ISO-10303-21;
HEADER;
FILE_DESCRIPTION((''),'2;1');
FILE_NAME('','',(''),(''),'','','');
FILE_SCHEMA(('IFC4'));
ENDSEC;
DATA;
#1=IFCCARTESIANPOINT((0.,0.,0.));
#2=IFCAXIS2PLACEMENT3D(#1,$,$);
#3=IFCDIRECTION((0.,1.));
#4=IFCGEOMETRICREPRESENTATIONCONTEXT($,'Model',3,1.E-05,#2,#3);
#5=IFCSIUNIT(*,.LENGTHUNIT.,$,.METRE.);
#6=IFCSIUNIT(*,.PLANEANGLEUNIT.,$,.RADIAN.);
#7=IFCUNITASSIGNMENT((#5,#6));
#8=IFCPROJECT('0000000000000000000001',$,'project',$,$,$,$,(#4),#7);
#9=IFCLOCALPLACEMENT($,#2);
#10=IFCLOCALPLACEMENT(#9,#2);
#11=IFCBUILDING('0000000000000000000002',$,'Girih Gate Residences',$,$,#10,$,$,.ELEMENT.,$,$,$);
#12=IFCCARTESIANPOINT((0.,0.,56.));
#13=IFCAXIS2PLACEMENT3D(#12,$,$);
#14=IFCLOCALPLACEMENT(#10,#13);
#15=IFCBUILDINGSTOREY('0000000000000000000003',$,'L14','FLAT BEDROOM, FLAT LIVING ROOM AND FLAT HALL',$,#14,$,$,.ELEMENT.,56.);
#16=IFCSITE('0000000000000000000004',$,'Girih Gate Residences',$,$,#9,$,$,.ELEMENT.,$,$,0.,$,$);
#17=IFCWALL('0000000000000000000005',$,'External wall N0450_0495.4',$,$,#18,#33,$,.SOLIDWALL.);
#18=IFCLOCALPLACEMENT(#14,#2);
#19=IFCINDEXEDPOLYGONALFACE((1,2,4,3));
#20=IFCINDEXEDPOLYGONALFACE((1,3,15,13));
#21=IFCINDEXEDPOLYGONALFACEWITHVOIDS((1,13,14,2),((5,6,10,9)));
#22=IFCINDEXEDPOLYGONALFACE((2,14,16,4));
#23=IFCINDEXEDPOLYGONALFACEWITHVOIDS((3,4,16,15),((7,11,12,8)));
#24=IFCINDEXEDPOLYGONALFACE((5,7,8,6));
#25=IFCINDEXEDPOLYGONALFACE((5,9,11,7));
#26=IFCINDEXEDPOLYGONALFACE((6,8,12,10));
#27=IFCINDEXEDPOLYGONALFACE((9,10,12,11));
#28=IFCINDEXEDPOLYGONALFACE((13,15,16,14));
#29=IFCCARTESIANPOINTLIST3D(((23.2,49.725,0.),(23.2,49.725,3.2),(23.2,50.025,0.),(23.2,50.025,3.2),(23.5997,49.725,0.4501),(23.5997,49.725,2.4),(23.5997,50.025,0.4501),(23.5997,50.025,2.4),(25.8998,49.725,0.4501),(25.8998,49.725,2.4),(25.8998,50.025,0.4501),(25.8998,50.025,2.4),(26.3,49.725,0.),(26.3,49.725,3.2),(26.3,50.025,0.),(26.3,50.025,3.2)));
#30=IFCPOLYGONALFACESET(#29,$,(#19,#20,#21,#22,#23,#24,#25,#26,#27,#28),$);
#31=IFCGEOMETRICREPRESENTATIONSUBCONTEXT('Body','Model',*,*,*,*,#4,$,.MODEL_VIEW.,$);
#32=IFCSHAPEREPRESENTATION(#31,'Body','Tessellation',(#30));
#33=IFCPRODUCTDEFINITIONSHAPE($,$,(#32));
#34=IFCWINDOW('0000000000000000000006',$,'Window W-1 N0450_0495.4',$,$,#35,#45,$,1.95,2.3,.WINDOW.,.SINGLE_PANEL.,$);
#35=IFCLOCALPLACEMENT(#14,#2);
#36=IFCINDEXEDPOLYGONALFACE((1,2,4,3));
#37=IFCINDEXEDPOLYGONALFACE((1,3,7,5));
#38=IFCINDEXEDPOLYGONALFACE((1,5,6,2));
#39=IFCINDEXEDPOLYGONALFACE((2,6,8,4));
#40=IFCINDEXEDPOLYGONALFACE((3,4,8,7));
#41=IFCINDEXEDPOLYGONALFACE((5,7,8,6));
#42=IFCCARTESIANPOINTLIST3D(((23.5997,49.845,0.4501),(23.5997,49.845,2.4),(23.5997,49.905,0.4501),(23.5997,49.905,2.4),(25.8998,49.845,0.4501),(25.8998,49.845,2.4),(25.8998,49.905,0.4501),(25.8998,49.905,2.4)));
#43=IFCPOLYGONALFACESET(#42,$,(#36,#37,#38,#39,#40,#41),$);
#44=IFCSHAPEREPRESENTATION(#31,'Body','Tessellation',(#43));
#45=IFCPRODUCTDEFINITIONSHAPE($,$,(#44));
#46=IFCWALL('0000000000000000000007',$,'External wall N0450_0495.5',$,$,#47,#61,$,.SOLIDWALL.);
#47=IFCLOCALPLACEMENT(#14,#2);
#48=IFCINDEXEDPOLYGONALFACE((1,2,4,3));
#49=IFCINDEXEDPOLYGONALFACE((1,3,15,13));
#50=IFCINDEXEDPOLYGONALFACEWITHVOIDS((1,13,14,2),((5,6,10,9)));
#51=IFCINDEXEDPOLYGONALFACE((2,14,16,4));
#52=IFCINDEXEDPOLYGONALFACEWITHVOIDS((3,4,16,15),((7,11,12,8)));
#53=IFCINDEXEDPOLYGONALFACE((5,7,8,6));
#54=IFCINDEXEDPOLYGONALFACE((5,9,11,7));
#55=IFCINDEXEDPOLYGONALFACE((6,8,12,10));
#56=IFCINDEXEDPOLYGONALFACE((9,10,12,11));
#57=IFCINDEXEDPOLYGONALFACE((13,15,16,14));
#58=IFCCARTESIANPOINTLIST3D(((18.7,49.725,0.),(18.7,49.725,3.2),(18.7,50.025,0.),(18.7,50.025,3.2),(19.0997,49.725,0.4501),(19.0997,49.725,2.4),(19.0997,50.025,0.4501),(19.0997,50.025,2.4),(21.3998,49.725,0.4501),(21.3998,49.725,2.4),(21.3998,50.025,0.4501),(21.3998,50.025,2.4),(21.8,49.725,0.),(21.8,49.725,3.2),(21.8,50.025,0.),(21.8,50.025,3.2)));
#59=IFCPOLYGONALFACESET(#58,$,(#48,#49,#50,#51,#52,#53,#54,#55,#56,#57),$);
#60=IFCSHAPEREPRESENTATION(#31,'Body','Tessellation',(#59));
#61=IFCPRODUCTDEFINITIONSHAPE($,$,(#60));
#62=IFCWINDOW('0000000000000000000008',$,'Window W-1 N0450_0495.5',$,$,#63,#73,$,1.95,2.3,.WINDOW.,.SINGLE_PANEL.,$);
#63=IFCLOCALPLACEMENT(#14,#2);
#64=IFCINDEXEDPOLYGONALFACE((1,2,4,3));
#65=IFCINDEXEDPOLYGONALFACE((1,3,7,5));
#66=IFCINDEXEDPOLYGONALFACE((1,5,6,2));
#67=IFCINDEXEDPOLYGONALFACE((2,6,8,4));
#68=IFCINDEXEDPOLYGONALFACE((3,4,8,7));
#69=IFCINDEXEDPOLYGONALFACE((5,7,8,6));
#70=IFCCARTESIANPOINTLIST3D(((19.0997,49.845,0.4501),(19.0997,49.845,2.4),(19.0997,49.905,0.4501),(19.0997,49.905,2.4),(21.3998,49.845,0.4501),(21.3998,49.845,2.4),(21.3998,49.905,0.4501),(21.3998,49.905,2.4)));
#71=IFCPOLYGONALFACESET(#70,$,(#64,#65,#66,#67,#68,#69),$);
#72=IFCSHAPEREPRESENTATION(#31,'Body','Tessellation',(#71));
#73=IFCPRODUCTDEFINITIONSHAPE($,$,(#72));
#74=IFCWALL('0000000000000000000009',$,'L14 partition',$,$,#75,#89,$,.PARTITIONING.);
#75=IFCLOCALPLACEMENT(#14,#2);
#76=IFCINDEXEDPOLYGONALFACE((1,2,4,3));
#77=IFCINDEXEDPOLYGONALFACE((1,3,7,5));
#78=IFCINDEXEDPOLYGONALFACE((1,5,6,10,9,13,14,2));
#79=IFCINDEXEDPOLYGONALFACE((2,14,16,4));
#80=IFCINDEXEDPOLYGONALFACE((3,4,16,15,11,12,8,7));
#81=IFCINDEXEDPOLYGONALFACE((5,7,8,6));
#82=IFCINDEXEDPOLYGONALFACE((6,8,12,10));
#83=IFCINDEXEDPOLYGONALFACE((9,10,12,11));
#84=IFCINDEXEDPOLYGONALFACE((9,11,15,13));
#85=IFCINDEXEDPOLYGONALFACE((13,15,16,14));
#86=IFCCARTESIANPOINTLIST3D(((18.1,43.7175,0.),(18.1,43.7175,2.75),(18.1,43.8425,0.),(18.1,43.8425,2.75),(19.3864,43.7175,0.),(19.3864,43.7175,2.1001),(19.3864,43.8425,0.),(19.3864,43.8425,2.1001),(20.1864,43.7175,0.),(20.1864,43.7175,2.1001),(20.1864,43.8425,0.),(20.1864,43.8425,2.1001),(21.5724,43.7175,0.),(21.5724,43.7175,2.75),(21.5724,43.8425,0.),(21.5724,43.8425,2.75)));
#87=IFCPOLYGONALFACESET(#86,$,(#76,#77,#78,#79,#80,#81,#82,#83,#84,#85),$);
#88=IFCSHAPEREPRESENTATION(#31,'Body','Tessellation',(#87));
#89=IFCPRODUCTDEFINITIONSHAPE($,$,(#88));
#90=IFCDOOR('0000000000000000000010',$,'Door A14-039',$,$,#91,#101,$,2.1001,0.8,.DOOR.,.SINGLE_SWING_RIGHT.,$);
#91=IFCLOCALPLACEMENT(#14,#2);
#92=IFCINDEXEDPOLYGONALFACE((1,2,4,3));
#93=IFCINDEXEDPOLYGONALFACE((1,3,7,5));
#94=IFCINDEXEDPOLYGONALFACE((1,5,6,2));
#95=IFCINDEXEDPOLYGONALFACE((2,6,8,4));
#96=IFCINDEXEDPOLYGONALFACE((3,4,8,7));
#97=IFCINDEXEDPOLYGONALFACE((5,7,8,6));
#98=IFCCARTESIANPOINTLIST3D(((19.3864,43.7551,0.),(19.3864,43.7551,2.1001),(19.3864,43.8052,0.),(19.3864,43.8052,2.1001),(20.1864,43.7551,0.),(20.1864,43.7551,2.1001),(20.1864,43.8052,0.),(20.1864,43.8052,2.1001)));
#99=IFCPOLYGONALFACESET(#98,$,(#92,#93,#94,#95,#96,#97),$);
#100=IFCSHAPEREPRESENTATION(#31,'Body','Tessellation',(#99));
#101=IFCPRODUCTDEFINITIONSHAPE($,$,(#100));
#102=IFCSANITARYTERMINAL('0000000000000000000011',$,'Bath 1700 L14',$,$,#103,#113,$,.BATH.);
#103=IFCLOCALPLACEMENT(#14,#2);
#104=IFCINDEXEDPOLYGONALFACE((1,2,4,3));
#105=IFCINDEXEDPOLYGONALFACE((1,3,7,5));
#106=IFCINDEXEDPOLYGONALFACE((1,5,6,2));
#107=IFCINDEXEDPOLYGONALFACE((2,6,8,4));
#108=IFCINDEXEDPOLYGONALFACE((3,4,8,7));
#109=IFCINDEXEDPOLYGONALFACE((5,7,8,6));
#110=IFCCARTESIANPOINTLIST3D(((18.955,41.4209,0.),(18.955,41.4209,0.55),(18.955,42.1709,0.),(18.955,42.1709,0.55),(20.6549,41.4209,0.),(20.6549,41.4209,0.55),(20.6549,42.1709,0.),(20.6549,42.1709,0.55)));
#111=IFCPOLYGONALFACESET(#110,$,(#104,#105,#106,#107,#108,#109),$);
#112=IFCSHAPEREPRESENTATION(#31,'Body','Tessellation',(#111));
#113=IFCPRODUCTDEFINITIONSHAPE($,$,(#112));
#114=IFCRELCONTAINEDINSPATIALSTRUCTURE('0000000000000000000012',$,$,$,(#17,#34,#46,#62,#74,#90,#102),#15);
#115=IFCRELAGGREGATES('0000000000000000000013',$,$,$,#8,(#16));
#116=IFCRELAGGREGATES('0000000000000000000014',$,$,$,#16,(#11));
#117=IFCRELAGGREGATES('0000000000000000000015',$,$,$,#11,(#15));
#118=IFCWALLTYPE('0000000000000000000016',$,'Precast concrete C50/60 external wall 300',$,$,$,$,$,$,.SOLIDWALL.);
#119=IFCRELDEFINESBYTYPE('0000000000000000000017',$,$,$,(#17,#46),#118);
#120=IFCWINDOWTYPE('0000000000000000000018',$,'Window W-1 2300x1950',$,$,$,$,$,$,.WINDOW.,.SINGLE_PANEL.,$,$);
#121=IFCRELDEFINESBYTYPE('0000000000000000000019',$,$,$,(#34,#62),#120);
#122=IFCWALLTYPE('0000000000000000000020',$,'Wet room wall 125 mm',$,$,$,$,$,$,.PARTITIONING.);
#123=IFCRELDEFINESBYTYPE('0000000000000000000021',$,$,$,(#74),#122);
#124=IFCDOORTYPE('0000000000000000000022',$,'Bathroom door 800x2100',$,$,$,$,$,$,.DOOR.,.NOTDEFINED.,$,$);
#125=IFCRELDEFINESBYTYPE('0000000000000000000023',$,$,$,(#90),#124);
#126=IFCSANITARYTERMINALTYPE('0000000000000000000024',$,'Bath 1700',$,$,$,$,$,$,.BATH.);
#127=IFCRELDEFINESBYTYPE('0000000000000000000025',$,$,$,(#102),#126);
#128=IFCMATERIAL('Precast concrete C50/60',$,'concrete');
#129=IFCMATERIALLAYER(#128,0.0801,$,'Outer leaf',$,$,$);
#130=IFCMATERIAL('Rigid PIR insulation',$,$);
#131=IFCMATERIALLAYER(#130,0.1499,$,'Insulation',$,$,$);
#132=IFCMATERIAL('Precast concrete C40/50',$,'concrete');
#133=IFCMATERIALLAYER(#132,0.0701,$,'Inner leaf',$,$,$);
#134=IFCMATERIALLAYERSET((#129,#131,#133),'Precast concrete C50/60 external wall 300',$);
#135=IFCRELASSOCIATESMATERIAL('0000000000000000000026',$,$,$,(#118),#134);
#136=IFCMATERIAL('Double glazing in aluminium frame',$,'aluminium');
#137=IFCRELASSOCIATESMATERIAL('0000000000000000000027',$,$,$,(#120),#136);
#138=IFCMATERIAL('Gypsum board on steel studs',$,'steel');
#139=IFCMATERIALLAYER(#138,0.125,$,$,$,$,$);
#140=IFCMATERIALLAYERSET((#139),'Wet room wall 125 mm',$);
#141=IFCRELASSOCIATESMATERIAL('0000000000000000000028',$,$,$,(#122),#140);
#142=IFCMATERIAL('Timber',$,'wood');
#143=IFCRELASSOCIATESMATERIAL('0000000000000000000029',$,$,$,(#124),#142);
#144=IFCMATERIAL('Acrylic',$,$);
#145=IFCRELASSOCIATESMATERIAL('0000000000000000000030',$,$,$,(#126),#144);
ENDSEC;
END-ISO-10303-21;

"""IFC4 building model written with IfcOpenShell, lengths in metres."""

from ifc_helpers import new_model, si_unit, direction, frame, frame_2d, origin, origin_2d, place, context, subcontext, project, spatial, rectangle, extrude, material, layer, layer_set, type_object, element, fill, save


model = new_model("IFC4")

# Units and contexts
model_context = context("Model", 3, precision=1e-05, world=origin(), true_north=direction((0.0, 1.0)))
body_context = subcontext(model_context, "Body", "Model", "MODEL_VIEW")
ifc_project = project(units=[si_unit("LENGTHUNIT", "METRE"), si_unit("PLANEANGLEUNIT", "RADIAN")], contexts=[model_context])

# Site, building, storey
site_placement = place(None, origin())
site = spatial("IfcSite", under=ifc_project, at=site_placement, Name="Girih Gate Residences", CompositionType="ELEMENT", RefElevation=0.0)
building_placement = place(site_placement, origin())
building = spatial("IfcBuilding", under=site, at=building_placement, Name="Girih Gate Residences", CompositionType="ELEMENT")
storey_placement = place(building_placement, frame((0.0, 0.0, 56.0)))
storey = spatial("IfcBuildingStorey", under=building, at=storey_placement, Name="L14", Description="FLAT BEDROOM, FLAT LIVING ROOM AND FLAT HALL", CompositionType="ELEMENT", Elevation=56.0)

# Shared definitions
ifc_material_1 = material(Name="Gypsum board on steel studs", Category="steel")
ifc_material_2 = material(Name="Timber", Category="wood")

# Walls, openings, windows
ifc_material_3 = material(Name="Precast concrete C50/60", Category="concrete")
ifc_layer_1 = layer(ifc_material_3, 0.0801, Name="Outer leaf")
ifc_material_4 = material(Name="Rigid PIR insulation")
ifc_layer_2 = layer(ifc_material_4, 0.1499, Name="Insulation")
ifc_material_5 = material(Name="Precast concrete C40/50", Category="concrete")
ifc_layer_3 = layer(ifc_material_5, 0.0701, Name="Inner leaf")
ifc_layer_set_1 = layer_set([ifc_layer_1, ifc_layer_2, ifc_layer_3], Name="Precast concrete C50/60 external wall 300")
wall_type_1 = type_object("IfcWallType", Name="Precast concrete C50/60 external wall 300", PredefinedType="SOLIDWALL", material=ifc_layer_set_1)
wall_1_placement = place(storey_placement, frame((23.2, 49.875, 0.0), z_axis=(0.0, 0.0, 1.0), x_axis=(1.0, 0.0, 0.0)))
wall_1 = element("IfcWall", 1, at=wall_1_placement, inside=storey, type_object=wall_type_1, Name="External wall N0450_0495.4", PredefinedType="SOLIDWALL", context=body_context, shape_type="SweptSolid", body=[
    extrude(rectangle(XDim=3.1001, YDim=0.3, at=frame_2d((1.55, 0.0))), origin(), (0.0, 0.0, 1.0), 3.2),
])
opening_1_placement = place(wall_1_placement, frame((0.3999, 0.0, 0.45)))
opening_1 = element("IfcOpeningElement", 2, at=opening_1_placement, cuts=wall_1, PredefinedType="OPENING", context=body_context, shape_type="SweptSolid", body=[
    extrude(rectangle(XDim=2.3, YDim=1.95, at=frame_2d((1.1499, 0.9751))), frame((0.0, 0.1599, 0.0), z_axis=(0.0, -1.0, 0.0), x_axis=(1.0, 0.0, 0.0)), (0.0, 0.0, 1.0), 0.3201),
])
ifc_material_6 = material(Name="Double glazing in aluminium frame", Category="aluminium")
window_type = type_object("IfcWindowType", Name="Window W-1 2300x1950", PartitioningType="SINGLE_PANEL", PredefinedType="WINDOW", material=ifc_material_6)
window_1_placement = place(opening_1_placement, origin())
window_1 = element("IfcWindow", 3, at=window_1_placement, inside=storey, type_object=window_type, Name="Window W-1 N0450_0495.4", OverallHeight=1.95, OverallWidth=2.3, PartitioningType="SINGLE_PANEL", PredefinedType="WINDOW", context=body_context, shape_type="SweptSolid", body=[
    extrude(rectangle(XDim=2.3, YDim=1.95, at=frame_2d((1.1499, 0.9751))), frame((0.0, 0.03, 0.0), z_axis=(0.0, -1.0, 0.0), x_axis=(1.0, 0.0, 0.0)), (0.0, 0.0, 1.0), 0.0601),
])
fill(opening_1, window_1)
wall_2_placement = place(storey_placement, frame((18.7, 49.875, 0.0), z_axis=(0.0, 0.0, 1.0), x_axis=(1.0, 0.0, 0.0)))
wall_2 = element("IfcWall", 4, at=wall_2_placement, inside=storey, type_object=wall_type_1, Name="External wall N0450_0495.5", PredefinedType="SOLIDWALL", context=body_context, shape_type="SweptSolid", body=[
    extrude(rectangle(XDim=3.1001, YDim=0.3, at=frame_2d((1.55, 0.0))), origin(), (0.0, 0.0, 1.0), 3.2),
])
opening_2_placement = place(wall_2_placement, frame((0.3999, 0.0, 0.45)))
opening_2 = element("IfcOpeningElement", 5, at=opening_2_placement, cuts=wall_2, PredefinedType="OPENING", context=body_context, shape_type="SweptSolid", body=[
    extrude(rectangle(XDim=2.3, YDim=1.95, at=frame_2d((1.1499, 0.9751))), frame((0.0, 0.1599, 0.0), z_axis=(0.0, -1.0, 0.0), x_axis=(1.0, 0.0, 0.0)), (0.0, 0.0, 1.0), 0.3201),
])
window_2_placement = place(opening_2_placement, origin())
window_2 = element("IfcWindow", 6, at=window_2_placement, inside=storey, type_object=window_type, Name="Window W-1 N0450_0495.5", OverallHeight=1.95, OverallWidth=2.3, PartitioningType="SINGLE_PANEL", PredefinedType="WINDOW", context=body_context, shape_type="SweptSolid", body=[
    extrude(rectangle(XDim=2.3, YDim=1.95, at=frame_2d((1.1499, 0.9751))), frame((0.0, 0.03, 0.0), z_axis=(0.0, -1.0, 0.0), x_axis=(1.0, 0.0, 0.0)), (0.0, 0.0, 1.0), 0.0601),
])
fill(opening_2, window_2)

# Wall, opening, door
ifc_layer_4 = layer(ifc_material_1, 0.125)
ifc_layer_set_2 = layer_set([ifc_layer_4], Name="Wet room wall 125 mm")
wall_type_2 = type_object("IfcWallType", Name="Wet room wall 125 mm", PredefinedType="PARTITIONING", material=ifc_layer_set_2)
wall_3_placement = place(storey_placement, frame((21.5725, 43.78, 0.0), z_axis=(0.0, 0.0, 1.0), x_axis=(-1.0, 0.0, 0.0)))
wall_3 = element("IfcWall", 7, at=wall_3_placement, inside=storey, type_object=wall_type_2, Name="L14 partition", PredefinedType="PARTITIONING", context=body_context, shape_type="SweptSolid", body=[
    extrude(rectangle(XDim=3.4724, YDim=0.125, at=frame_2d((1.7363, 0.0))), origin(), (0.0, 0.0, 1.0), 2.75),
])
opening_3_placement = place(wall_3_placement, frame((1.3862, 0.0, 0.0)))
opening_3 = element("IfcOpeningElement", 8, at=opening_3_placement, cuts=wall_3, PredefinedType="OPENING", context=body_context, shape_type="SweptSolid", body=[
    extrude(rectangle(XDim=0.8, YDim=2.1001, at=frame_2d((0.3999, 1.05))), frame((0.0, 0.0725, 0.0), z_axis=(0.0, -1.0, 0.0), x_axis=(1.0, 0.0, 0.0)), (0.0, 0.0, 1.0), 0.145),
])
door_type_1 = type_object("IfcDoorType", Name="Bathroom door 800x2100", OperationType="NOTDEFINED", PredefinedType="DOOR", material=ifc_material_2)
door_1_placement = place(opening_3_placement, origin())
door_1 = element("IfcDoor", 9, at=door_1_placement, inside=storey, type_object=door_type_1, Name="Door A14-039", OperationType="SINGLE_SWING_RIGHT", OverallHeight=2.1001, OverallWidth=0.8, PredefinedType="DOOR", context=body_context, shape_type="SweptSolid", body=[
    extrude(rectangle(XDim=0.8, YDim=2.1001, at=frame_2d((0.3999, 1.05))), frame((0.0, 0.0249, 0.0), z_axis=(0.0, -1.0, 0.0), x_axis=(1.0, 0.0, 0.0)), (0.0, 0.0, 1.0), 0.05),
])
fill(opening_3, door_1)

# Sanitary terminal
ifc_material_7 = material(Name="Acrylic")
sanitary_terminal_type = type_object("IfcSanitaryTerminalType", Name="Bath 1700", PredefinedType="BATH", material=ifc_material_7)
sanitary_terminal_placement = place(storey_placement, frame((19.8049, 41.7959, 0.0), z_axis=(0.0, 0.0, 1.0), x_axis=(1.0, 0.0, 0.0)))
element("IfcSanitaryTerminal", 10, at=sanitary_terminal_placement, inside=storey, type_object=sanitary_terminal_type, Name="Bath 1700 L14", PredefinedType="BATH", context=body_context, shape_type="SweptSolid", body=[
    extrude(rectangle(XDim=1.7, YDim=0.75, at=origin_2d()), origin(), (0.0, 0.0, 1.0), 0.55),
])

save(model, "model.ifc")
